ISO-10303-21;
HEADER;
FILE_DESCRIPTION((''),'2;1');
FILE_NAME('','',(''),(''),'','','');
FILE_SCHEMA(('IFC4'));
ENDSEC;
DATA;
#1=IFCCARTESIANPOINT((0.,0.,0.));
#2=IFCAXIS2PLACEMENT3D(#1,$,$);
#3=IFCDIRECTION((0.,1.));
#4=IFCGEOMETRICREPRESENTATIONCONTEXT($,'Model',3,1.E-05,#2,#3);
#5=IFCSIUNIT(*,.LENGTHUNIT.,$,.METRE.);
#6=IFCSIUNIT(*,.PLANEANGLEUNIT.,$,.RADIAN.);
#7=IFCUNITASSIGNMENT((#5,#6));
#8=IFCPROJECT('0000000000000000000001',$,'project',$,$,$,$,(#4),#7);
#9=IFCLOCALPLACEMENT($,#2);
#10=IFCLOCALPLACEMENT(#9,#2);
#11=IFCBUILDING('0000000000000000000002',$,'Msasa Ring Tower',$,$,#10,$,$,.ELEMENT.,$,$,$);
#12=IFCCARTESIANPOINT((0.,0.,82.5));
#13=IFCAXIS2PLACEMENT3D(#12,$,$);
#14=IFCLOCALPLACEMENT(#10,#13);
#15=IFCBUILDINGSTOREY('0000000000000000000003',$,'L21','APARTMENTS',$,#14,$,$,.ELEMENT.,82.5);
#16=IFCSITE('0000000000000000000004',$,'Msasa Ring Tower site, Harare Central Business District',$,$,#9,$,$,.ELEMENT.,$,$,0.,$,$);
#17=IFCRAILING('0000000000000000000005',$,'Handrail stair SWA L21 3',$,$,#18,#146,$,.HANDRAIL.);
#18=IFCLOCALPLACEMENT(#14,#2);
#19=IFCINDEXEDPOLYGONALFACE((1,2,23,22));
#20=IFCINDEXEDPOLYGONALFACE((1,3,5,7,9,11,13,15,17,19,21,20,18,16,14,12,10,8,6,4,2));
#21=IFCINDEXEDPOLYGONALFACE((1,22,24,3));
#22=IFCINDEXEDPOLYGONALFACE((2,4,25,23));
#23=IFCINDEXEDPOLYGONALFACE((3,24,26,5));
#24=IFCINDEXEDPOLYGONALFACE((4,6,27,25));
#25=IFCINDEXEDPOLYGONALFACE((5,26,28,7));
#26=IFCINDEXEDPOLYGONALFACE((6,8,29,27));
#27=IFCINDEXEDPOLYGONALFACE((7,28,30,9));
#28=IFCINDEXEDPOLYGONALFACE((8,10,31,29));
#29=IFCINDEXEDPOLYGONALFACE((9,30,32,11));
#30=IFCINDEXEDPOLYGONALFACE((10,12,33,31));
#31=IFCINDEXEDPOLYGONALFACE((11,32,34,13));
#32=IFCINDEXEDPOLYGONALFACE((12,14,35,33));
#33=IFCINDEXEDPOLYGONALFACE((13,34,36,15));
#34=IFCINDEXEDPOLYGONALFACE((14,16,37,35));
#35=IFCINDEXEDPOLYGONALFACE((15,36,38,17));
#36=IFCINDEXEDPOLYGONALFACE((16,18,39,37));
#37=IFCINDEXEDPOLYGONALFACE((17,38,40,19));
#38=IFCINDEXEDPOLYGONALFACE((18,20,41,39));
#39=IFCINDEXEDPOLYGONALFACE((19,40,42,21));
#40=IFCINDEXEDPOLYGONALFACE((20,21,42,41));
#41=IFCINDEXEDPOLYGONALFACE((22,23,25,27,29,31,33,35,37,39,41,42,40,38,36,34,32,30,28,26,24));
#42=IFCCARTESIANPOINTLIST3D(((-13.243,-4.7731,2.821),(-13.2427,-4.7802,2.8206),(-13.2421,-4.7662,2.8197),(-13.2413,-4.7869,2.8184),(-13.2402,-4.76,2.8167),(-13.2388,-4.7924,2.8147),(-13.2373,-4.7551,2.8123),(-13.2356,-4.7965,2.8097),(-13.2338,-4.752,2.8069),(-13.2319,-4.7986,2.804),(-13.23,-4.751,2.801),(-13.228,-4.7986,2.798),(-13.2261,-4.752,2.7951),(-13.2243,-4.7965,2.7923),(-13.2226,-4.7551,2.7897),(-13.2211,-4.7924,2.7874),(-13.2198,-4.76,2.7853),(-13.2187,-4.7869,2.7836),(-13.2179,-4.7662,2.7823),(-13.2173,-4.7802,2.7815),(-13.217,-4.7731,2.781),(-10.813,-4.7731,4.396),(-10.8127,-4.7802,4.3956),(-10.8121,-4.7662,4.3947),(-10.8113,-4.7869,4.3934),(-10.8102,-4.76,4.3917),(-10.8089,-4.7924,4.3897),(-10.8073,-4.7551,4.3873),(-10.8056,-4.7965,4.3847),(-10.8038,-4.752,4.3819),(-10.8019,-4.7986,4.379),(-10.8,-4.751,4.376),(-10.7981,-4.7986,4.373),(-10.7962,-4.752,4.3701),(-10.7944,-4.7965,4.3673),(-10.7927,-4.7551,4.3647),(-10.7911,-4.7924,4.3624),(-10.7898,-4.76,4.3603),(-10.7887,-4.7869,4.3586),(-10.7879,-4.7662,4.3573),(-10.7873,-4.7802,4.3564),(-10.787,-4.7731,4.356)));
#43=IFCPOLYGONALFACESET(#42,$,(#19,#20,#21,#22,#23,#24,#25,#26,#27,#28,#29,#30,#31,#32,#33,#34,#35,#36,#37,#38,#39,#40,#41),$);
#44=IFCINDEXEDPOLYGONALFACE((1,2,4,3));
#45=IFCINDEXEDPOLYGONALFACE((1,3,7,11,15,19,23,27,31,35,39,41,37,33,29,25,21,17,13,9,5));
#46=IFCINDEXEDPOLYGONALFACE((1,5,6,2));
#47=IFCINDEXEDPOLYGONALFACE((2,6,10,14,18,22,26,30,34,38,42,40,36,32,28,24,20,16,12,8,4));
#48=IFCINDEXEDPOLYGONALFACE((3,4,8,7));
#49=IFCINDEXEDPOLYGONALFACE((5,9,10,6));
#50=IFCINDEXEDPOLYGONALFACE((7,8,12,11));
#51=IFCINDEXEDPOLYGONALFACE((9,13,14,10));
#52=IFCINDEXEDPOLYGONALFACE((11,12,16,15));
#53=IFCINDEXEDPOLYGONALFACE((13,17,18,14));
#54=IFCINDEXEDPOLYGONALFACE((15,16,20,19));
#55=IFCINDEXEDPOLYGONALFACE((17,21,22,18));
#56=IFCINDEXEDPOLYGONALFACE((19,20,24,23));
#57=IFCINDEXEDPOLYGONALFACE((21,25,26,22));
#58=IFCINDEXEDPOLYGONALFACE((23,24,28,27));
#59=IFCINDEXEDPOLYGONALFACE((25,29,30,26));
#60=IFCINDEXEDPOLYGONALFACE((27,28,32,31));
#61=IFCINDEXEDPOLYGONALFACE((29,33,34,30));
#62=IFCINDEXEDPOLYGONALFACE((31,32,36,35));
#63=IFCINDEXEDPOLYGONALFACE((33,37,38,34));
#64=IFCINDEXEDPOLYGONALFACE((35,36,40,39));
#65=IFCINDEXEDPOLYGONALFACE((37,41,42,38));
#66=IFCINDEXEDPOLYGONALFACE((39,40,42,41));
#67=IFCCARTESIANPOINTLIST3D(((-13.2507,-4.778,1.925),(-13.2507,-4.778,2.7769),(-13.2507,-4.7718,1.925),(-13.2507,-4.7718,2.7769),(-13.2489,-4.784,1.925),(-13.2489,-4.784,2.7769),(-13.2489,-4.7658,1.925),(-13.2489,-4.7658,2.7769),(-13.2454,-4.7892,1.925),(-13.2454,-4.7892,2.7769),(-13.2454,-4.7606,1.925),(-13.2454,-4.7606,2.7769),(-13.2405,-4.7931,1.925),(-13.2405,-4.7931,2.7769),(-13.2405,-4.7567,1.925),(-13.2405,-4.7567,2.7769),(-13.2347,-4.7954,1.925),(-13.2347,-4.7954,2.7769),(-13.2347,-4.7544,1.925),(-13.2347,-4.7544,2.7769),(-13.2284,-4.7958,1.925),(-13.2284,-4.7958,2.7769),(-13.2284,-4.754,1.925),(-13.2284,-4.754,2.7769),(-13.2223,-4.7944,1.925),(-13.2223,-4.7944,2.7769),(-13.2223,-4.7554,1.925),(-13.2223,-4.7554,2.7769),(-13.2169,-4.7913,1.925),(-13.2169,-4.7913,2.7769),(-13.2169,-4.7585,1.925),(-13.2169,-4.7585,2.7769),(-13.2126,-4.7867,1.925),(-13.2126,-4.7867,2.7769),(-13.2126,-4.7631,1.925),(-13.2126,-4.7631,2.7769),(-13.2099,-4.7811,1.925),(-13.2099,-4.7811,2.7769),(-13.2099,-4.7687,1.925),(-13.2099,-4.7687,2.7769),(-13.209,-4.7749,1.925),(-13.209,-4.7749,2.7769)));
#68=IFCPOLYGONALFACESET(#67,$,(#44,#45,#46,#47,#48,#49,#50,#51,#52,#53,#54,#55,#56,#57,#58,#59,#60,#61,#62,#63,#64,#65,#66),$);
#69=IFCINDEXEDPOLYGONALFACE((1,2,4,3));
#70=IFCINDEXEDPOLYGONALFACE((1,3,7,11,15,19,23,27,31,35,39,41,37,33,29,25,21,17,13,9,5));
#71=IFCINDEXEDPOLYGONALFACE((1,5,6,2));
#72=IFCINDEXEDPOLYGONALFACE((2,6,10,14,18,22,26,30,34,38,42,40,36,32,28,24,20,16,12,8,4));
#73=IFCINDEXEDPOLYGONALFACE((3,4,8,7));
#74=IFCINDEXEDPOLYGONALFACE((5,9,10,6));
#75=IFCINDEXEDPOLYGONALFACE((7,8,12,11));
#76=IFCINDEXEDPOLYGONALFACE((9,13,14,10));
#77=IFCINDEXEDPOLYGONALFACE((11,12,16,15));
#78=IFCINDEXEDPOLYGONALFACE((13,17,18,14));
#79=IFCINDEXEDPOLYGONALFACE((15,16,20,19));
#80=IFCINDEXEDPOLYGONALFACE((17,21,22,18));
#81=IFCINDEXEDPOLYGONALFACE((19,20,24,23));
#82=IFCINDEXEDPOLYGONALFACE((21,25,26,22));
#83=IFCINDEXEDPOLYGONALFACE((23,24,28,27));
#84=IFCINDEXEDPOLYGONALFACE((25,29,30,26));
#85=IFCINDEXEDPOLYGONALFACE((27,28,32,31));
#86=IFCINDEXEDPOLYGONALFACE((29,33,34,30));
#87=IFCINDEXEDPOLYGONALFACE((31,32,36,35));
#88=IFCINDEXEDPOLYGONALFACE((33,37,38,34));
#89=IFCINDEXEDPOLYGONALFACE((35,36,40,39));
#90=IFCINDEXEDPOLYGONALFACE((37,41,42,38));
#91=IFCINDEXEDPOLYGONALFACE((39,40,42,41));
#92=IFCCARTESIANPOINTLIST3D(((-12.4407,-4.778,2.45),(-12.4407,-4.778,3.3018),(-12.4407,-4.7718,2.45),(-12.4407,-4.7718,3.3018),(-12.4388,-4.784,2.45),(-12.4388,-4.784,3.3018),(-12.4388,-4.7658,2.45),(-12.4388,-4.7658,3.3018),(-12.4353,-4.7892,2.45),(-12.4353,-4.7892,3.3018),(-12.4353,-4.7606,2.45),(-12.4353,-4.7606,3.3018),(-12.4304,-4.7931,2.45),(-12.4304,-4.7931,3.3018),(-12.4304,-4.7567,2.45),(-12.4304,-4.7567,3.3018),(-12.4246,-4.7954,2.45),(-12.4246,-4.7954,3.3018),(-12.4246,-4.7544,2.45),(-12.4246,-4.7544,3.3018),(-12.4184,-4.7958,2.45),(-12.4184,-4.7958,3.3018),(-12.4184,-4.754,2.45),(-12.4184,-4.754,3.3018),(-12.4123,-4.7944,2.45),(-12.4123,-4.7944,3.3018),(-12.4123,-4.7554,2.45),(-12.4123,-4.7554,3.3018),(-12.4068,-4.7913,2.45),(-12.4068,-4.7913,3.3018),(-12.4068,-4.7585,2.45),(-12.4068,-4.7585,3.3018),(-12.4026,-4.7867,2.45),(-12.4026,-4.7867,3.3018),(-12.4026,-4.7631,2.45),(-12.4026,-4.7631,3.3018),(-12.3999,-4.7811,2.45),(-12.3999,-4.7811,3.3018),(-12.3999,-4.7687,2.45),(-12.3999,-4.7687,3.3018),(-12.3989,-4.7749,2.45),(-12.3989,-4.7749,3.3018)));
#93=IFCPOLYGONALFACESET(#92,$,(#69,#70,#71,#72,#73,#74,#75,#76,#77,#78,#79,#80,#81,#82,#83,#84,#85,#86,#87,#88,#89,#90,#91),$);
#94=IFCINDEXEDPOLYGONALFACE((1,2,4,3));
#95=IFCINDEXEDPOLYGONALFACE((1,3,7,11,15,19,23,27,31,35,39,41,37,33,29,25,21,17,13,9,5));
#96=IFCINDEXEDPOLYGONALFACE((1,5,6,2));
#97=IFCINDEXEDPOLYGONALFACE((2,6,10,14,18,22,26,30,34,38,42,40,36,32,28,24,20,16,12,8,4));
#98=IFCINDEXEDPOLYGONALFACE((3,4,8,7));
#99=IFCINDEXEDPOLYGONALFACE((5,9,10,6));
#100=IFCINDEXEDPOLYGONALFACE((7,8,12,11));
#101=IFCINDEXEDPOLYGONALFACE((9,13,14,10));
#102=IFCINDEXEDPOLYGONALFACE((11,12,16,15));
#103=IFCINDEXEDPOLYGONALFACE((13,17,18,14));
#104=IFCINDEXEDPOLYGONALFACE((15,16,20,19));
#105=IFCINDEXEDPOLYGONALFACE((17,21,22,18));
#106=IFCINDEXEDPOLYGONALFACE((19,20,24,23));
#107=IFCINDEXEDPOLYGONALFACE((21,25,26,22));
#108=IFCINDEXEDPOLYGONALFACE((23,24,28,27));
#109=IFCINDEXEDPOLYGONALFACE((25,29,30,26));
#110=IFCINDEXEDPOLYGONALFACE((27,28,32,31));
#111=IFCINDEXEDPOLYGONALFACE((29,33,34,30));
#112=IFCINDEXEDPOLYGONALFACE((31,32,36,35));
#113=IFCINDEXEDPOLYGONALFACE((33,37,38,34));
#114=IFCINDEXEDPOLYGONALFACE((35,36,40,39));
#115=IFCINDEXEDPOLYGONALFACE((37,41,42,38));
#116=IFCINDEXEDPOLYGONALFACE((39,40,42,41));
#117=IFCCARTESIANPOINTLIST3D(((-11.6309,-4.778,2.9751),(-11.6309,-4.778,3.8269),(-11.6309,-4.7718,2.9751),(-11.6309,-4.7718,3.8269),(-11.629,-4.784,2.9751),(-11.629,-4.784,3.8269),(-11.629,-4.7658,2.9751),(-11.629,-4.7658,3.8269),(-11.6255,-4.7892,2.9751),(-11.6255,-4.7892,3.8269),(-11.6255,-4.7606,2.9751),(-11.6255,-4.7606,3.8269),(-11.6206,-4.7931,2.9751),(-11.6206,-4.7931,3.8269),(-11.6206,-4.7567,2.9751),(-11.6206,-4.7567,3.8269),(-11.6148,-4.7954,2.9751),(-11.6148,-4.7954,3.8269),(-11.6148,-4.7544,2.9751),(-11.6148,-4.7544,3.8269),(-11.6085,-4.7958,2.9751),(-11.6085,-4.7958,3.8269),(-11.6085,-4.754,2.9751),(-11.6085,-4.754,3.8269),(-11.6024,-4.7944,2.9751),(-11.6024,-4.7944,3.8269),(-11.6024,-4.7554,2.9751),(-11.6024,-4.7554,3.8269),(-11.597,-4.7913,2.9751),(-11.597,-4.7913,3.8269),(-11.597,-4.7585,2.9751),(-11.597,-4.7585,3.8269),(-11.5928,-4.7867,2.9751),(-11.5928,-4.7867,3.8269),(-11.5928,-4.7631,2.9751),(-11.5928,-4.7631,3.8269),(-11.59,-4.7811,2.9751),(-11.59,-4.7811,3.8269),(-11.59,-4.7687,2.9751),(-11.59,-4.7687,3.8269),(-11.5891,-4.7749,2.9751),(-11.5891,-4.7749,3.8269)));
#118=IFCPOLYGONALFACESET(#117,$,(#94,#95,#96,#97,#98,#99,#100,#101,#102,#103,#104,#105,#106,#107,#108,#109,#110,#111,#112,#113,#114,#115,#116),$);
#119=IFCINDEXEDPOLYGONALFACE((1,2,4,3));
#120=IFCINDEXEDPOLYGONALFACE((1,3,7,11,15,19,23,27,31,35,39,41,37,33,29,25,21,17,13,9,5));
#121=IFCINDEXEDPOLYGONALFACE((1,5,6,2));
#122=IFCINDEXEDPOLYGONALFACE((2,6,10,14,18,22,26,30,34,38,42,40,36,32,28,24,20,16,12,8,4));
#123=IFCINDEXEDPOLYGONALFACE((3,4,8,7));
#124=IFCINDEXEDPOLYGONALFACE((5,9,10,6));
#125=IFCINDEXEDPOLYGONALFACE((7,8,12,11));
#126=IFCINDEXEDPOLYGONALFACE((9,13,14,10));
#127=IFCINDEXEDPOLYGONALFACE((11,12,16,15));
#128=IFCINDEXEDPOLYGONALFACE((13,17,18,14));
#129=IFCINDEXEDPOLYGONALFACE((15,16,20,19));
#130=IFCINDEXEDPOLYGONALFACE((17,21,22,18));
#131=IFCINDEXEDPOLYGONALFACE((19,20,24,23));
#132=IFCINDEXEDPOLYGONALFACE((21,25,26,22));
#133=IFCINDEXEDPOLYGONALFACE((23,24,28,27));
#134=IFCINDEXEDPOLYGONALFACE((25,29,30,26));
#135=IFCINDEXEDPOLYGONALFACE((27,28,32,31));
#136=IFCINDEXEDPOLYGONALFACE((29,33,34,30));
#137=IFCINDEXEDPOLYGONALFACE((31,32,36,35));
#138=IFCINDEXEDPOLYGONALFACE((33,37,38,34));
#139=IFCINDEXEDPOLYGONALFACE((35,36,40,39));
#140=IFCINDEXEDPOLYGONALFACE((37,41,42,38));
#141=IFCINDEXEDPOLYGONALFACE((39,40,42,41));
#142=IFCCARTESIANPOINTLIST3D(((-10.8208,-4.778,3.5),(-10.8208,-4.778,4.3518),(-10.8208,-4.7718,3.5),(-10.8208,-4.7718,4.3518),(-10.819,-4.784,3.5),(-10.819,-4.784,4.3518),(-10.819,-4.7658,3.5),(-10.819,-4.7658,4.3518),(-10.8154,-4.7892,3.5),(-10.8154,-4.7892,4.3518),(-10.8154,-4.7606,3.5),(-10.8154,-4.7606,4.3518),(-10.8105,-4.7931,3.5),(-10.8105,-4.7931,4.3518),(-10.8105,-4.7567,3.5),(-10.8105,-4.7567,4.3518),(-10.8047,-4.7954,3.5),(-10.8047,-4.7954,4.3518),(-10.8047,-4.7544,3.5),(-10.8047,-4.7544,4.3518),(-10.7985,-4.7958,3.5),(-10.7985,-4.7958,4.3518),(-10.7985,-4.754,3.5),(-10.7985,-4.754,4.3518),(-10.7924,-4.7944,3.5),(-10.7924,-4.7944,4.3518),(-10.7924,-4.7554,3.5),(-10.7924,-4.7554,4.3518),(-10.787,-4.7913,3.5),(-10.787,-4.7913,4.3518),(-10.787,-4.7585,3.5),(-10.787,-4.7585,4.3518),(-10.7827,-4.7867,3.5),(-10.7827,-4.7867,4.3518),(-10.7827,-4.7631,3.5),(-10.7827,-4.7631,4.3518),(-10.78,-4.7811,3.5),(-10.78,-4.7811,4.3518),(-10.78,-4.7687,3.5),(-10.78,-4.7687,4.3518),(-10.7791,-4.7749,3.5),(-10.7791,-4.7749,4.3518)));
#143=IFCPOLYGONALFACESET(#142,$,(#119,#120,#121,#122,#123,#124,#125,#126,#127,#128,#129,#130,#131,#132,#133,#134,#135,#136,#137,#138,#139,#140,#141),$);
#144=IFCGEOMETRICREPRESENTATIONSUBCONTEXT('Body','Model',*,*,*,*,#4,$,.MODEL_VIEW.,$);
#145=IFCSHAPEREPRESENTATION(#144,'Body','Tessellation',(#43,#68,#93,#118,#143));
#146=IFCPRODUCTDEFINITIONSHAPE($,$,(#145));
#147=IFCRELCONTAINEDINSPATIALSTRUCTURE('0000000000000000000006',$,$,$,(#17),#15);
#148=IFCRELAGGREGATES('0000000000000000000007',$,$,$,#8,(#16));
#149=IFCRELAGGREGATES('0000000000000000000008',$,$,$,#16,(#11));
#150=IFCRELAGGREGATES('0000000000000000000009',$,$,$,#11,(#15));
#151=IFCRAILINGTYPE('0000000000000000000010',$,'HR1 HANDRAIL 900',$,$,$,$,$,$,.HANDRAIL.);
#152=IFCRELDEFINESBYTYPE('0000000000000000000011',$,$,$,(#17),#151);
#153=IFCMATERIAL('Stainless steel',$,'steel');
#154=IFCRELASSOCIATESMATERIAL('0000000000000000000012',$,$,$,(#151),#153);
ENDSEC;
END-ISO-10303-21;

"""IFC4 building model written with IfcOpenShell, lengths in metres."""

from ifc_helpers import new_model, si_unit, direction, frame, origin, origin_2d, place, context, subcontext, project, spatial, circle, extrude, material, type_object, element, save


model = new_model("IFC4")

# Units and contexts
model_context = context("Model", 3, precision=1e-05, world=origin(), true_north=direction((0.0, 1.0)))
body_context = subcontext(model_context, "Body", "Model", "MODEL_VIEW")
ifc_project = project(units=[si_unit("LENGTHUNIT", "METRE"), si_unit("PLANEANGLEUNIT", "RADIAN")], contexts=[model_context])

# Site, building, storey
site_placement = place(None, origin())
site = spatial("IfcSite", under=ifc_project, at=site_placement, Name="Msasa Ring Tower site, Harare Central Business District", CompositionType="ELEMENT", RefElevation=0.0)
building_placement = place(site_placement, origin())
building = spatial("IfcBuilding", under=site, at=building_placement, Name="Msasa Ring Tower", CompositionType="ELEMENT")
storey_placement = place(building_placement, frame((0.0, 0.0, 82.5)))
storey = spatial("IfcBuildingStorey", under=building, at=storey_placement, Name="L21", Description="APARTMENTS", CompositionType="ELEMENT", Elevation=82.5)

# Railing
ifc_material_1 = material(Name="Stainless steel", Category="steel")
railing_type = type_object("IfcRailingType", Name="HR1 HANDRAIL 900", PredefinedType="HANDRAIL", material=ifc_material_1)
for number, where, name in (
    (1, (-13.23, -4.7749, 1.925), "Handrail stair SWA L21 3"),
):
    element("IfcRailing", number, at=place(storey_placement, frame(where)), inside=storey, type_object=railing_type, Name=name, PredefinedType="HANDRAIL", context=body_context, shape_type="SweptSolid", body=[
        extrude(circle(Radius=0.0239, at=origin_2d()), frame((0.0, 0.0, 0.876), z_axis=(0.839154, 0.0, 0.543894), x_axis=(0.0, 1.0, 0.0)), (0.0, 0.0, 1.0), 2.8958),
        extrude(circle(Radius=0.021, at=origin_2d()), origin(), (0.0, 0.0, 1.0), 0.8518),
        extrude(circle(Radius=0.021, at=origin_2d()), frame((0.8101, 0.0, 0.5249)), (0.0, 0.0, 1.0), 0.8518),
        extrude(circle(Radius=0.021, at=origin_2d()), frame((1.6199, 0.0, 1.05)), (0.0, 0.0, 1.0), 0.8518),
        extrude(circle(Radius=0.021, at=origin_2d()), frame((2.4299, 0.0, 1.575)), (0.0, 0.0, 1.0), 0.8518),
    ])

save(model, "model.ifc")
